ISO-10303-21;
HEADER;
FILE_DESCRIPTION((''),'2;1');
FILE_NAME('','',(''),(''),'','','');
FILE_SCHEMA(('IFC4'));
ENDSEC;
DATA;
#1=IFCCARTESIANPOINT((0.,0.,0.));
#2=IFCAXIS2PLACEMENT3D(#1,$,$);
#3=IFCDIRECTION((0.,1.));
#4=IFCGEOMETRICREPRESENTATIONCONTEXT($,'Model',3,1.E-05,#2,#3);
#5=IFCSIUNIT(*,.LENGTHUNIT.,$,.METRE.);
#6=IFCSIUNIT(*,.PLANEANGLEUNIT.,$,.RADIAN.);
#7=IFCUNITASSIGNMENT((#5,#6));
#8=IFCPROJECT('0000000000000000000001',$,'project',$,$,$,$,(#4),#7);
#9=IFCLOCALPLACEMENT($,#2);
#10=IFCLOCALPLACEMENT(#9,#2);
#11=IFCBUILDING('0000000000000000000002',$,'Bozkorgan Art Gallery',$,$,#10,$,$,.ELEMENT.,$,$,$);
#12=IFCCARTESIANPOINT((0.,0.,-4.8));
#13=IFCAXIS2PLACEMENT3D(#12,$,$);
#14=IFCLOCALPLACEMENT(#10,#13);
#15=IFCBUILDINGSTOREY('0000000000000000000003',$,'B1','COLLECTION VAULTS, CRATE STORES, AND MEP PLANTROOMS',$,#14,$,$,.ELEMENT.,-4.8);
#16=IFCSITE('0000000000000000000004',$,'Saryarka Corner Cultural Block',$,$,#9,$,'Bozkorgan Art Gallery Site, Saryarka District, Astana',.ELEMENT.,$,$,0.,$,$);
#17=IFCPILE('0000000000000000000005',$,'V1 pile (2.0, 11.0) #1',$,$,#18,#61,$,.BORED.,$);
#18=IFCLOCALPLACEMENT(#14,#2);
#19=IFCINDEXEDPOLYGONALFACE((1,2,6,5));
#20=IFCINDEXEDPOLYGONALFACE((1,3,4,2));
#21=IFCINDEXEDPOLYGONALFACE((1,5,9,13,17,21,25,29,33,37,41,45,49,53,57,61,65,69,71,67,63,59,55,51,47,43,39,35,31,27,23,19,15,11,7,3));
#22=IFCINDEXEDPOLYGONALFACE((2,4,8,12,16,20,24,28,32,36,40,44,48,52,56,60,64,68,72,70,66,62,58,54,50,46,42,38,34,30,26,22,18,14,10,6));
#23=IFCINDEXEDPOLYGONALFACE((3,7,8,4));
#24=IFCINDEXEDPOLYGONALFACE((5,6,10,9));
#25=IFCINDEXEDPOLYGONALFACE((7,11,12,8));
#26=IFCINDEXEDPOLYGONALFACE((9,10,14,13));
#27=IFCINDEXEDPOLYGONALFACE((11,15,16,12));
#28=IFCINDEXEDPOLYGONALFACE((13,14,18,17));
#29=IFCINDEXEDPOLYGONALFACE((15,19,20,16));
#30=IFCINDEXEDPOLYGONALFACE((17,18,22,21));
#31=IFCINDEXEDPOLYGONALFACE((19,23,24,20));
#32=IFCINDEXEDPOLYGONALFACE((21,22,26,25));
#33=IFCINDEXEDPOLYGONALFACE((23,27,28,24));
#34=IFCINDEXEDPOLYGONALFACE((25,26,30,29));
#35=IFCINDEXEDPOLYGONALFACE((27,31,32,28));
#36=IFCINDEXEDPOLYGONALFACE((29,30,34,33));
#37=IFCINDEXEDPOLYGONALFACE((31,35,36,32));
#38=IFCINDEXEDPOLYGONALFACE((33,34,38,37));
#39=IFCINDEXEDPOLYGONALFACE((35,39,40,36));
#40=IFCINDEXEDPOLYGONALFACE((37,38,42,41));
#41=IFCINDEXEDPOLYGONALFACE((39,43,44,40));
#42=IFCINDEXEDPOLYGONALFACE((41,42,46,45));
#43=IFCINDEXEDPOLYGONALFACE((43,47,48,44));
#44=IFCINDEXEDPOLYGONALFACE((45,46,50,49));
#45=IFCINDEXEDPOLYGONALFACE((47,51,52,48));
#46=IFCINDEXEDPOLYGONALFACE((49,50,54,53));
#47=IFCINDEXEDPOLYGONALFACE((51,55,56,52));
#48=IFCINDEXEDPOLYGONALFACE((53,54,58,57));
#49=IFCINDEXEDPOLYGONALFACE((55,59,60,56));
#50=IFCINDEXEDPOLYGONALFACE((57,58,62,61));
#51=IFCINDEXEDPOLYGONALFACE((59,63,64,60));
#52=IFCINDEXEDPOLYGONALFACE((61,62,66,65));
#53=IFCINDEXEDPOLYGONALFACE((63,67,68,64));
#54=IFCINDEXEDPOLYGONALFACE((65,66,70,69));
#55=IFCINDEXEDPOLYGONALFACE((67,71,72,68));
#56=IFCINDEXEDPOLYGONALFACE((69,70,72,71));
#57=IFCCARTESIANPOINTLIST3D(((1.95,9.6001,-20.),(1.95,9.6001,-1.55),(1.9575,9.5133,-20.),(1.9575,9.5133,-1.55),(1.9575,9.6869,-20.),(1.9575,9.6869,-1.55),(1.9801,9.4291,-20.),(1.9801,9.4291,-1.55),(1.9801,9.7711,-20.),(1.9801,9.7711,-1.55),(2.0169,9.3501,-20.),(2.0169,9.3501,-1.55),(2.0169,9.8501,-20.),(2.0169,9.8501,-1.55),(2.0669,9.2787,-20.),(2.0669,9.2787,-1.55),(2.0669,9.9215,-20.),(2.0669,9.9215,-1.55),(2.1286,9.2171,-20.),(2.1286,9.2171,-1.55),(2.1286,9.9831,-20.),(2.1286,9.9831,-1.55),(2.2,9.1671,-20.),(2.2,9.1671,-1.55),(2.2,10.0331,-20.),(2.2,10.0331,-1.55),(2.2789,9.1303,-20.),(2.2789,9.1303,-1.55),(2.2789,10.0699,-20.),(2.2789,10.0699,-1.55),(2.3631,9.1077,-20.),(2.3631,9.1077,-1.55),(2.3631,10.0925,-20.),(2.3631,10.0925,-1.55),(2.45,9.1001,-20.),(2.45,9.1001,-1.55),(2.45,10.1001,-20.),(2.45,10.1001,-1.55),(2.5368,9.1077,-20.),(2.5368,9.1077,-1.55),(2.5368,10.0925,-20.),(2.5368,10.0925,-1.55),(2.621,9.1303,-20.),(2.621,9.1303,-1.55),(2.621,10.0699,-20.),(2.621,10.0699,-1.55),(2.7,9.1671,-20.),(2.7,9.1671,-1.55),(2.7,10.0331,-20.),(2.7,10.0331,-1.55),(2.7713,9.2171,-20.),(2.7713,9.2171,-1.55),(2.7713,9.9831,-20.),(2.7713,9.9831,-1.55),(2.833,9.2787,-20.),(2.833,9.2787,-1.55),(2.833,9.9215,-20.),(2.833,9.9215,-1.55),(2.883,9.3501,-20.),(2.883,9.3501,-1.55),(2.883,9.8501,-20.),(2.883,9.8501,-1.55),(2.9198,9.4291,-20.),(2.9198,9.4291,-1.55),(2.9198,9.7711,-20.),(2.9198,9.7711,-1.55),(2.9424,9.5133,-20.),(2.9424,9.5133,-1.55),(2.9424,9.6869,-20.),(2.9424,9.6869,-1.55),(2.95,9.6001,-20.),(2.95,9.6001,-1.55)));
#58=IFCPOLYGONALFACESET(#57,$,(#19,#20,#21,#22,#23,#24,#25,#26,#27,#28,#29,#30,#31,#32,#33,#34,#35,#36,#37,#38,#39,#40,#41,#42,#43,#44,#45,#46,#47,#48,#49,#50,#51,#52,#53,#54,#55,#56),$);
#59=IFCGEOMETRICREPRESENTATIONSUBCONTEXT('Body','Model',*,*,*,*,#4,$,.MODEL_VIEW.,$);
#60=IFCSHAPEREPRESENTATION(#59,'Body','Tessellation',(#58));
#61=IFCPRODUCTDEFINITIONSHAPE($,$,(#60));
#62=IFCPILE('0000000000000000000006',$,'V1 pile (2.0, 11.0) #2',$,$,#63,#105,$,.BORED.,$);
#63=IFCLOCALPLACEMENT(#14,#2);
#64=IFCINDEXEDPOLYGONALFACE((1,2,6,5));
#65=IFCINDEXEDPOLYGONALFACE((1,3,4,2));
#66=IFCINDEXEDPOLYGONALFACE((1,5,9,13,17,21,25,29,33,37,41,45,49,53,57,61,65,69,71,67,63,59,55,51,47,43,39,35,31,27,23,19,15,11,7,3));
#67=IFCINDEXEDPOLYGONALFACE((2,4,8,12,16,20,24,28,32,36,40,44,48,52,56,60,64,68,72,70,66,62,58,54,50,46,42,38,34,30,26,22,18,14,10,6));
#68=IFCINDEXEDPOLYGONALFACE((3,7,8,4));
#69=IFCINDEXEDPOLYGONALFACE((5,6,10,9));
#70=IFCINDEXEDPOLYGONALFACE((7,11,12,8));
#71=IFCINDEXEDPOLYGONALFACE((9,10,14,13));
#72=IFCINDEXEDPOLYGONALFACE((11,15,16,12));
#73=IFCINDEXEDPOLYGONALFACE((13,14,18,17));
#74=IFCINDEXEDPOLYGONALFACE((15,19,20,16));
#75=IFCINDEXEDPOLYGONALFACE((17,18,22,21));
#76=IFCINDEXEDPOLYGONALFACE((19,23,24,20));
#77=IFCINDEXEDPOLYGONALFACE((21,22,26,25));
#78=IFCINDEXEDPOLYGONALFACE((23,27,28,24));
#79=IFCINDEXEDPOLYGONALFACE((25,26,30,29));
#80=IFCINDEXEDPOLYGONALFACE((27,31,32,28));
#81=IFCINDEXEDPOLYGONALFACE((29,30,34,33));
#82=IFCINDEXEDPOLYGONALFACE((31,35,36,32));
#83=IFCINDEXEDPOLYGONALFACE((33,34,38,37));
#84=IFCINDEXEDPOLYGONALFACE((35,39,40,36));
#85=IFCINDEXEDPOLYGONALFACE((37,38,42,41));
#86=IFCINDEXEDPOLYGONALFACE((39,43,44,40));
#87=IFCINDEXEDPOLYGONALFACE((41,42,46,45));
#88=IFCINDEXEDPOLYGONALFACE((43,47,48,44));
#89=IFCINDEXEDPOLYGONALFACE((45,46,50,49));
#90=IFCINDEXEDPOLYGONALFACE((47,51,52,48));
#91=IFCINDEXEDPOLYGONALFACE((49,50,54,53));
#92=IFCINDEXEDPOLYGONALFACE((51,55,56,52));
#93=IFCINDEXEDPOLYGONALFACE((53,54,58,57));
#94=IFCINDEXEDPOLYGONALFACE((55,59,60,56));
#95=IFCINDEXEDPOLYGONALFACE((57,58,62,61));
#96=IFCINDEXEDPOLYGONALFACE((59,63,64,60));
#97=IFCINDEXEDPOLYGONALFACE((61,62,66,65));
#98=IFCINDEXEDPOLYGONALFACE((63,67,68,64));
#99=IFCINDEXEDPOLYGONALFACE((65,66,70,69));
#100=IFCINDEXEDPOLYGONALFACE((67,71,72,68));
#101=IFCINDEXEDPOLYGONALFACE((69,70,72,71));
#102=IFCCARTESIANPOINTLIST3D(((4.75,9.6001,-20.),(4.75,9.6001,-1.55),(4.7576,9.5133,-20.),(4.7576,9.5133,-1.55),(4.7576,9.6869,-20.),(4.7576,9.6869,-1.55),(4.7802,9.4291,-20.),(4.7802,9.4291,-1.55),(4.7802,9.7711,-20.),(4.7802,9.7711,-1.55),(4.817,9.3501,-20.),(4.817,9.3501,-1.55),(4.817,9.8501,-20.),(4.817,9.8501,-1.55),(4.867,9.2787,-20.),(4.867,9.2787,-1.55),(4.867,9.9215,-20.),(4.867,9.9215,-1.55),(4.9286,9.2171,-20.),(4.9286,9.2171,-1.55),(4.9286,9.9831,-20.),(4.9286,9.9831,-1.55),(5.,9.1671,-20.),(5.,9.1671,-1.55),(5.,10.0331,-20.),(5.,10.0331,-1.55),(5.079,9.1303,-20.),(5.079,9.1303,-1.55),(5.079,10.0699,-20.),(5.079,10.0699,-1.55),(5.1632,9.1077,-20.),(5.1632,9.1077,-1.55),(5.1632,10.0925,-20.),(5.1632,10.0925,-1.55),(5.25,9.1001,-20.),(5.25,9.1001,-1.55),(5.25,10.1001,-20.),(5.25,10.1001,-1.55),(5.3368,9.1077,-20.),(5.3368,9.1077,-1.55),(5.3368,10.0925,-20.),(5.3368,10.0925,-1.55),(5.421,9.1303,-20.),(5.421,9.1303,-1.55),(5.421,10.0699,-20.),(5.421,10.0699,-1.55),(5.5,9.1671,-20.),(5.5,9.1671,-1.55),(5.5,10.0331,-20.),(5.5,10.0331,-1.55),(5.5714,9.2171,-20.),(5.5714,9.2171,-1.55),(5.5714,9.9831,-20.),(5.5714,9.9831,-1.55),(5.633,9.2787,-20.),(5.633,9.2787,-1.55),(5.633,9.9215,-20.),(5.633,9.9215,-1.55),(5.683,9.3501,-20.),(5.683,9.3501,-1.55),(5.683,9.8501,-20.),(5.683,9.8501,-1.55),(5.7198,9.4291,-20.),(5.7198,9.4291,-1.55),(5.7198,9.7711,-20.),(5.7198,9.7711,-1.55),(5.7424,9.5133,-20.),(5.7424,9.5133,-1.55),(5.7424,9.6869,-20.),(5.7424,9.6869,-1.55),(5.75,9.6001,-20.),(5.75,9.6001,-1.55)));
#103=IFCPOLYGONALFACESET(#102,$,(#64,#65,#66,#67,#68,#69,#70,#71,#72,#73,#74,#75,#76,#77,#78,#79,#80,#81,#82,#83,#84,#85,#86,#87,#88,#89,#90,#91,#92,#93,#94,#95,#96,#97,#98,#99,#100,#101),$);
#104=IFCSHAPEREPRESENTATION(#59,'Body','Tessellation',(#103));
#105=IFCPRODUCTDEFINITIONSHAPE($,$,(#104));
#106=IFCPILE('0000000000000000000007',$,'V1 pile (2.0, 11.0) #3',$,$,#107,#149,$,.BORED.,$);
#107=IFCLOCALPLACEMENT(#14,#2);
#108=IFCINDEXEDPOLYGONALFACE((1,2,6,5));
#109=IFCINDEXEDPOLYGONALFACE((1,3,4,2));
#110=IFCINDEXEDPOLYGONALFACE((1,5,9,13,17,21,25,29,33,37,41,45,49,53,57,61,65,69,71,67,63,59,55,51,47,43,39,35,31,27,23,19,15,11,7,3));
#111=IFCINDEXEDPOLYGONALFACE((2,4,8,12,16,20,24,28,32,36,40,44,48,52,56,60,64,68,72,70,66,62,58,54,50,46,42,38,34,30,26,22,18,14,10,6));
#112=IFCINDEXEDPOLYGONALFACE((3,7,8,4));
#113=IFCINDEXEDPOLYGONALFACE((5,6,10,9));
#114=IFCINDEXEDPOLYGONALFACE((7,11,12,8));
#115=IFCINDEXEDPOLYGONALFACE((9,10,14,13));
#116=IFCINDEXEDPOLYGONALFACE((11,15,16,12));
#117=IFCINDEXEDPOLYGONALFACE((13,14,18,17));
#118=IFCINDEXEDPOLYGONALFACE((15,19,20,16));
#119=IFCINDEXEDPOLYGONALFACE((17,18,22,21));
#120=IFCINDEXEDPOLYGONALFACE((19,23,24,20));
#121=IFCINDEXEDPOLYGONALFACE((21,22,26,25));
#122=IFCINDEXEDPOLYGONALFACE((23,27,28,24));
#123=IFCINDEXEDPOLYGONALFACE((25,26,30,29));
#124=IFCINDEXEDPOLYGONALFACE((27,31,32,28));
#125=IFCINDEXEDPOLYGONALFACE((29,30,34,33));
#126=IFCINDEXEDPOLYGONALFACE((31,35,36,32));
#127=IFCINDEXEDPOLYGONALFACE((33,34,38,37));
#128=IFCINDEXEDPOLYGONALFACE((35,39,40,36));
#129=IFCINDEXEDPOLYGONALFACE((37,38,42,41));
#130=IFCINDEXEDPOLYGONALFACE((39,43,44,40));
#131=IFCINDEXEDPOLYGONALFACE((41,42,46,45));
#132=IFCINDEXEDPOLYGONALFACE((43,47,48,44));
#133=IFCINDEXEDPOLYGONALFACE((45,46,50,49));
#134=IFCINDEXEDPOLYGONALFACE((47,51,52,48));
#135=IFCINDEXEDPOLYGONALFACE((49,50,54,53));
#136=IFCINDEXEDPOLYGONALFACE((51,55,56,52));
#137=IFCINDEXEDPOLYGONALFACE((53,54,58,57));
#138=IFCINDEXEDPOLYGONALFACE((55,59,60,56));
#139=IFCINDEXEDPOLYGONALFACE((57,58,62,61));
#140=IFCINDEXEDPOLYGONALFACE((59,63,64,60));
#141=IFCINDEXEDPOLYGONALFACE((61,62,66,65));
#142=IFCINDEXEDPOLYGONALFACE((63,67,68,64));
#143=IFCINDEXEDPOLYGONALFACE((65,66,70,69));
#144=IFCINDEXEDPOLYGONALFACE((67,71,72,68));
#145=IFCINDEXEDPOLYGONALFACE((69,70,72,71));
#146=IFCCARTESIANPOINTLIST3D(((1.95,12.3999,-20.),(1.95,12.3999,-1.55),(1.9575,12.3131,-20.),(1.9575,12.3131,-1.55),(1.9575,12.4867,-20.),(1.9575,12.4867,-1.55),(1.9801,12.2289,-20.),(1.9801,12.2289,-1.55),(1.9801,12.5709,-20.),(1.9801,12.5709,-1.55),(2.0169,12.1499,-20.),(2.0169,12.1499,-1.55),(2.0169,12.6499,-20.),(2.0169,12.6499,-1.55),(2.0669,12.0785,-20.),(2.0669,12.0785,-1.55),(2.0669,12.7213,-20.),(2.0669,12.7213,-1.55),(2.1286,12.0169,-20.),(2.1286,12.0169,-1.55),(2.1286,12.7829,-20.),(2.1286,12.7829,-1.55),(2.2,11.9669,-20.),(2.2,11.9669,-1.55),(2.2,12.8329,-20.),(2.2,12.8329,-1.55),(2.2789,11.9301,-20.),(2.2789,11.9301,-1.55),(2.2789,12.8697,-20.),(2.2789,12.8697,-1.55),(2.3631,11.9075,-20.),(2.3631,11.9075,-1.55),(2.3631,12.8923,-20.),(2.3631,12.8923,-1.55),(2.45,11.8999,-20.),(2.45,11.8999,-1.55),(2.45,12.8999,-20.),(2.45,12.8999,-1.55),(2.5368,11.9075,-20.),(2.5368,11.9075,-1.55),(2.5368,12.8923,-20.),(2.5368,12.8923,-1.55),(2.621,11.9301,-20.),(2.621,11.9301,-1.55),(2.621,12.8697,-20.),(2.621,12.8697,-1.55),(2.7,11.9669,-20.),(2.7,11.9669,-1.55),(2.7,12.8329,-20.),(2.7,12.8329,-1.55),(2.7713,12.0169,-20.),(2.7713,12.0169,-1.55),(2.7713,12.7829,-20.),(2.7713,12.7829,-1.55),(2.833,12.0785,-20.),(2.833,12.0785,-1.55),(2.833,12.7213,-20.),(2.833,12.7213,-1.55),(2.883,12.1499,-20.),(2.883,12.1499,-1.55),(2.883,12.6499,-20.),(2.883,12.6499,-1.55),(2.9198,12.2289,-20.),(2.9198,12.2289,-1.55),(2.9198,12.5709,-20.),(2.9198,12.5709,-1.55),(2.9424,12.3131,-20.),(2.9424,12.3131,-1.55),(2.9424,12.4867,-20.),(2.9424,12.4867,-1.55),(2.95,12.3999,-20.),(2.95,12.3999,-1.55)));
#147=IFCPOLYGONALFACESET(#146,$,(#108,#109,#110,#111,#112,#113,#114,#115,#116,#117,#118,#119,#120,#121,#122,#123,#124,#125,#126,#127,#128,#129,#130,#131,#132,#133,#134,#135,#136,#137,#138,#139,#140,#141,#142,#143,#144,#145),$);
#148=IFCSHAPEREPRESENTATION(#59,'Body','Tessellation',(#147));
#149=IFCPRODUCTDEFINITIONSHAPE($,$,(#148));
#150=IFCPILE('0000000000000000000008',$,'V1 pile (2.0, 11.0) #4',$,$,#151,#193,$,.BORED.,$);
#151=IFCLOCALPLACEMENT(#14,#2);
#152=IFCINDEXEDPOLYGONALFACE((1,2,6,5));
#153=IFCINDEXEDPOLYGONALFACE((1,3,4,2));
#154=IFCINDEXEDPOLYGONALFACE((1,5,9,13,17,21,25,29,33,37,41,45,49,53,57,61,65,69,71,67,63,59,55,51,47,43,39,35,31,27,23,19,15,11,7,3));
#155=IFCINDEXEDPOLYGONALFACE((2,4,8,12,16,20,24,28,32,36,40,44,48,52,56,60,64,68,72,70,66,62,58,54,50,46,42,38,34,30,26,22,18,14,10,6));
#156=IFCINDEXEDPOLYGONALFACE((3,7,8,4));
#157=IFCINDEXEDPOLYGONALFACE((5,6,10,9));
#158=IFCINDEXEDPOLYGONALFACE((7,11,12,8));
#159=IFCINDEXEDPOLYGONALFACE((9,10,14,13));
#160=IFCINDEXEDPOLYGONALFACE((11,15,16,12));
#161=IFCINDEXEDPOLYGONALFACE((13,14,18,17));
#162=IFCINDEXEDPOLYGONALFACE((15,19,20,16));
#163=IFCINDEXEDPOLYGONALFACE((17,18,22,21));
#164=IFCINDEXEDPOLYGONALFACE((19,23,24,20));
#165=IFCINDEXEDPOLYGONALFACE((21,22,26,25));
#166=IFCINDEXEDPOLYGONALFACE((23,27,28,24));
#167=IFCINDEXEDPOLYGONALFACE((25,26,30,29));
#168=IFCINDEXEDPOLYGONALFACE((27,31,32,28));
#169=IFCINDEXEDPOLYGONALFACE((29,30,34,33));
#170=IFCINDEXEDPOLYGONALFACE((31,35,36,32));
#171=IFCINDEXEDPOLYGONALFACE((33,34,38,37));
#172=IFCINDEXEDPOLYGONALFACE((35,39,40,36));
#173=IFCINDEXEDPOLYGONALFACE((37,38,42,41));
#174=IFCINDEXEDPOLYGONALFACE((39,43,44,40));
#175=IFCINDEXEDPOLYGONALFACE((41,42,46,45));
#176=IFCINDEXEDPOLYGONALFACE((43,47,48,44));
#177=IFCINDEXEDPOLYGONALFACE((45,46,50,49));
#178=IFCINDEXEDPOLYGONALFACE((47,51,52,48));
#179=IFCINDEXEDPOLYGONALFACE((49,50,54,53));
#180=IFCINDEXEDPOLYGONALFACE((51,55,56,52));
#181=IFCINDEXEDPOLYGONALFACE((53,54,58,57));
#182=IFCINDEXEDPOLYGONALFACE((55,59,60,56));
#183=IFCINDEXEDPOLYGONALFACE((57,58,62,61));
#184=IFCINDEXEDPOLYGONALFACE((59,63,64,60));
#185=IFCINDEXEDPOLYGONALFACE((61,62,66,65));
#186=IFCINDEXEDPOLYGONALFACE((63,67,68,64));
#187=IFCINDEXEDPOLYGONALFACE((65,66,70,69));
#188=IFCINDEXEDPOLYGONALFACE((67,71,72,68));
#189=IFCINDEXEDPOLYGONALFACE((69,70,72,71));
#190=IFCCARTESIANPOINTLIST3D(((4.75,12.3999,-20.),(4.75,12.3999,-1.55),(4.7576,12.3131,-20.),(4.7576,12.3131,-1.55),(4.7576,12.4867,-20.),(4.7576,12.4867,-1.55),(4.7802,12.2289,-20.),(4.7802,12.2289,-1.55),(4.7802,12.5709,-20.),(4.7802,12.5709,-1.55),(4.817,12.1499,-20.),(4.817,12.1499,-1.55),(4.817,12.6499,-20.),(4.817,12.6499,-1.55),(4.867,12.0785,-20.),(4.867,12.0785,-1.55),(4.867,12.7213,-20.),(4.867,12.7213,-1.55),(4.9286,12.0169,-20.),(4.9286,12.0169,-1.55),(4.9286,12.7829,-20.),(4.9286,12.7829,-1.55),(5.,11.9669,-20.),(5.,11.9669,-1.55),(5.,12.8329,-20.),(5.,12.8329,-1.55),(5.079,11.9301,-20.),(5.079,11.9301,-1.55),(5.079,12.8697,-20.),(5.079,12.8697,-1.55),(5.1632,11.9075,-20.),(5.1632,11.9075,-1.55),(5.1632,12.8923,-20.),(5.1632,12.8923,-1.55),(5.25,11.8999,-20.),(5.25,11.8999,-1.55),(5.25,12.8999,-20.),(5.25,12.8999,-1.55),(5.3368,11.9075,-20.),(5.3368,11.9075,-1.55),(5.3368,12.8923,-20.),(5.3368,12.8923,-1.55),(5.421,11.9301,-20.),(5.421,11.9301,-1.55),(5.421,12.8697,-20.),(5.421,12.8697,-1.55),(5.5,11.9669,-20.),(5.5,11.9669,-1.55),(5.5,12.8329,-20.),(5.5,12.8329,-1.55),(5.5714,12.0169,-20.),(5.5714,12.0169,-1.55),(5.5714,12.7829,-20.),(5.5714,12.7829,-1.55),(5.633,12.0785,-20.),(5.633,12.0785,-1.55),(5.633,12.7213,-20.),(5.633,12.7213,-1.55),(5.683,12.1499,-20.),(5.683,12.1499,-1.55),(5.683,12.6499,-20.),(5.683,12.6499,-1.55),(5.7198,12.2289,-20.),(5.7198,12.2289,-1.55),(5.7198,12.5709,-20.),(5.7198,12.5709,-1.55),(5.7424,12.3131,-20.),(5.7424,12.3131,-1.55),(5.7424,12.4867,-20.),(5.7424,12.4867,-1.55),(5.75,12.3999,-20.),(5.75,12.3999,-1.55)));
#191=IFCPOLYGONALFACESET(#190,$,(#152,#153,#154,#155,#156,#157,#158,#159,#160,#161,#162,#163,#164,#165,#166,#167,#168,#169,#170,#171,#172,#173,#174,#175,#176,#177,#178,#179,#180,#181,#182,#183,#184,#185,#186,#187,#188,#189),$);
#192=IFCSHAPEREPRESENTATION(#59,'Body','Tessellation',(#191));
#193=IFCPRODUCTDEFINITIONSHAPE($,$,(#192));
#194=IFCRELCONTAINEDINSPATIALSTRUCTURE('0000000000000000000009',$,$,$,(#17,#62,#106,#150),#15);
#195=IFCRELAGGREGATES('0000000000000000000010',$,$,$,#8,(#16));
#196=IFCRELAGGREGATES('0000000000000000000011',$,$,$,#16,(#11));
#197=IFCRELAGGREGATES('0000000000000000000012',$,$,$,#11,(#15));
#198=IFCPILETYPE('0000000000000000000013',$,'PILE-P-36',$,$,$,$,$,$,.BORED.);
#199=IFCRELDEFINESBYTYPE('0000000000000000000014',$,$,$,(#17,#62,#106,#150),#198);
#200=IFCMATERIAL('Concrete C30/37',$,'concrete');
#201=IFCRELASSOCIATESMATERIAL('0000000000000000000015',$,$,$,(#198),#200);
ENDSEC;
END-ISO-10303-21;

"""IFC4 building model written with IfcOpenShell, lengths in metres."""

from ifc_helpers import new_model, si_unit, direction, frame, origin, origin_2d, place, context, subcontext, project, spatial, circle, extrude, material, material_profile, profile_set, type_object, element, save


model = new_model("IFC4")

# Units and contexts
model_context = context("Model", 3, precision=1e-05, world=origin(), true_north=direction((0.0, 1.0)))
body_context = subcontext(model_context, "Body", "Model", "MODEL_VIEW")
ifc_project = project(units=[si_unit("LENGTHUNIT", "METRE"), si_unit("PLANEANGLEUNIT", "RADIAN")], contexts=[model_context])

# Site, building, storey
site_placement = place(None, origin())
site = spatial("IfcSite", under=ifc_project, at=site_placement, Name="Saryarka Corner Cultural Block", LongName="Bozkorgan Art Gallery Site, Saryarka District, Astana", CompositionType="ELEMENT", RefElevation=0.0)
building_placement = place(site_placement, origin())
building = spatial("IfcBuilding", under=site, at=building_placement, Name="Bozkorgan Art Gallery", CompositionType="ELEMENT")
storey_placement = place(building_placement, frame((0.0, 0.0, -4.8)))
storey = spatial("IfcBuildingStorey", under=building, at=storey_placement, Name="B1", Description="COLLECTION VAULTS, CRATE STORES, AND MEP PLANTROOMS", CompositionType="ELEMENT", Elevation=-4.8)

# Shared definitions
ifc_material_1 = material(Name="Concrete C30/37", Category="concrete")

# Piles
ifc_material_profile_1 = material_profile(ifc_material_1, circle(Radius=0.5, at=origin_2d()), Name="PILE D1000")
ifc_profile_set_1 = profile_set([ifc_material_profile_1], Name="Concrete C30/37")
pile_type = type_object("IfcPileType", Name="PILE-P-36", PredefinedType="BORED", material=ifc_profile_set_1)
for number, where, z_axis, x_axis, name in (
    (1, (2.45, 9.6001, -1.55), (0.0, 0.0, -1.0), (1.0, 0.0, 0.0), "V1 pile (2.0, 11.0) #1"),
    (2, (5.25, 9.6001, -1.55), (0.0, 0.0, -1.0), (1.0, 0.0, 0.0), "V1 pile (2.0, 11.0) #2"),
    (3, (2.45, 12.3999, -1.55), (0.0, 0.0, -1.0), (1.0, 0.0, 0.0), "V1 pile (2.0, 11.0) #3"),
    (4, (5.25, 12.3999, -1.55), (0.0, 0.0, -1.0), (1.0, 0.0, 0.0), "V1 pile (2.0, 11.0) #4"),
):
    element("IfcPile", number, at=place(storey_placement, frame(where, z_axis=z_axis, x_axis=x_axis)), inside=storey, type_object=pile_type, Name=name, PredefinedType="BORED", context=body_context, shape_type="SweptSolid", body=[
        extrude(circle(Radius=0.5, at=origin_2d()), origin(), (0.0, 0.0, 1.0), 18.45),
    ])

save(model, "model.ifc")
